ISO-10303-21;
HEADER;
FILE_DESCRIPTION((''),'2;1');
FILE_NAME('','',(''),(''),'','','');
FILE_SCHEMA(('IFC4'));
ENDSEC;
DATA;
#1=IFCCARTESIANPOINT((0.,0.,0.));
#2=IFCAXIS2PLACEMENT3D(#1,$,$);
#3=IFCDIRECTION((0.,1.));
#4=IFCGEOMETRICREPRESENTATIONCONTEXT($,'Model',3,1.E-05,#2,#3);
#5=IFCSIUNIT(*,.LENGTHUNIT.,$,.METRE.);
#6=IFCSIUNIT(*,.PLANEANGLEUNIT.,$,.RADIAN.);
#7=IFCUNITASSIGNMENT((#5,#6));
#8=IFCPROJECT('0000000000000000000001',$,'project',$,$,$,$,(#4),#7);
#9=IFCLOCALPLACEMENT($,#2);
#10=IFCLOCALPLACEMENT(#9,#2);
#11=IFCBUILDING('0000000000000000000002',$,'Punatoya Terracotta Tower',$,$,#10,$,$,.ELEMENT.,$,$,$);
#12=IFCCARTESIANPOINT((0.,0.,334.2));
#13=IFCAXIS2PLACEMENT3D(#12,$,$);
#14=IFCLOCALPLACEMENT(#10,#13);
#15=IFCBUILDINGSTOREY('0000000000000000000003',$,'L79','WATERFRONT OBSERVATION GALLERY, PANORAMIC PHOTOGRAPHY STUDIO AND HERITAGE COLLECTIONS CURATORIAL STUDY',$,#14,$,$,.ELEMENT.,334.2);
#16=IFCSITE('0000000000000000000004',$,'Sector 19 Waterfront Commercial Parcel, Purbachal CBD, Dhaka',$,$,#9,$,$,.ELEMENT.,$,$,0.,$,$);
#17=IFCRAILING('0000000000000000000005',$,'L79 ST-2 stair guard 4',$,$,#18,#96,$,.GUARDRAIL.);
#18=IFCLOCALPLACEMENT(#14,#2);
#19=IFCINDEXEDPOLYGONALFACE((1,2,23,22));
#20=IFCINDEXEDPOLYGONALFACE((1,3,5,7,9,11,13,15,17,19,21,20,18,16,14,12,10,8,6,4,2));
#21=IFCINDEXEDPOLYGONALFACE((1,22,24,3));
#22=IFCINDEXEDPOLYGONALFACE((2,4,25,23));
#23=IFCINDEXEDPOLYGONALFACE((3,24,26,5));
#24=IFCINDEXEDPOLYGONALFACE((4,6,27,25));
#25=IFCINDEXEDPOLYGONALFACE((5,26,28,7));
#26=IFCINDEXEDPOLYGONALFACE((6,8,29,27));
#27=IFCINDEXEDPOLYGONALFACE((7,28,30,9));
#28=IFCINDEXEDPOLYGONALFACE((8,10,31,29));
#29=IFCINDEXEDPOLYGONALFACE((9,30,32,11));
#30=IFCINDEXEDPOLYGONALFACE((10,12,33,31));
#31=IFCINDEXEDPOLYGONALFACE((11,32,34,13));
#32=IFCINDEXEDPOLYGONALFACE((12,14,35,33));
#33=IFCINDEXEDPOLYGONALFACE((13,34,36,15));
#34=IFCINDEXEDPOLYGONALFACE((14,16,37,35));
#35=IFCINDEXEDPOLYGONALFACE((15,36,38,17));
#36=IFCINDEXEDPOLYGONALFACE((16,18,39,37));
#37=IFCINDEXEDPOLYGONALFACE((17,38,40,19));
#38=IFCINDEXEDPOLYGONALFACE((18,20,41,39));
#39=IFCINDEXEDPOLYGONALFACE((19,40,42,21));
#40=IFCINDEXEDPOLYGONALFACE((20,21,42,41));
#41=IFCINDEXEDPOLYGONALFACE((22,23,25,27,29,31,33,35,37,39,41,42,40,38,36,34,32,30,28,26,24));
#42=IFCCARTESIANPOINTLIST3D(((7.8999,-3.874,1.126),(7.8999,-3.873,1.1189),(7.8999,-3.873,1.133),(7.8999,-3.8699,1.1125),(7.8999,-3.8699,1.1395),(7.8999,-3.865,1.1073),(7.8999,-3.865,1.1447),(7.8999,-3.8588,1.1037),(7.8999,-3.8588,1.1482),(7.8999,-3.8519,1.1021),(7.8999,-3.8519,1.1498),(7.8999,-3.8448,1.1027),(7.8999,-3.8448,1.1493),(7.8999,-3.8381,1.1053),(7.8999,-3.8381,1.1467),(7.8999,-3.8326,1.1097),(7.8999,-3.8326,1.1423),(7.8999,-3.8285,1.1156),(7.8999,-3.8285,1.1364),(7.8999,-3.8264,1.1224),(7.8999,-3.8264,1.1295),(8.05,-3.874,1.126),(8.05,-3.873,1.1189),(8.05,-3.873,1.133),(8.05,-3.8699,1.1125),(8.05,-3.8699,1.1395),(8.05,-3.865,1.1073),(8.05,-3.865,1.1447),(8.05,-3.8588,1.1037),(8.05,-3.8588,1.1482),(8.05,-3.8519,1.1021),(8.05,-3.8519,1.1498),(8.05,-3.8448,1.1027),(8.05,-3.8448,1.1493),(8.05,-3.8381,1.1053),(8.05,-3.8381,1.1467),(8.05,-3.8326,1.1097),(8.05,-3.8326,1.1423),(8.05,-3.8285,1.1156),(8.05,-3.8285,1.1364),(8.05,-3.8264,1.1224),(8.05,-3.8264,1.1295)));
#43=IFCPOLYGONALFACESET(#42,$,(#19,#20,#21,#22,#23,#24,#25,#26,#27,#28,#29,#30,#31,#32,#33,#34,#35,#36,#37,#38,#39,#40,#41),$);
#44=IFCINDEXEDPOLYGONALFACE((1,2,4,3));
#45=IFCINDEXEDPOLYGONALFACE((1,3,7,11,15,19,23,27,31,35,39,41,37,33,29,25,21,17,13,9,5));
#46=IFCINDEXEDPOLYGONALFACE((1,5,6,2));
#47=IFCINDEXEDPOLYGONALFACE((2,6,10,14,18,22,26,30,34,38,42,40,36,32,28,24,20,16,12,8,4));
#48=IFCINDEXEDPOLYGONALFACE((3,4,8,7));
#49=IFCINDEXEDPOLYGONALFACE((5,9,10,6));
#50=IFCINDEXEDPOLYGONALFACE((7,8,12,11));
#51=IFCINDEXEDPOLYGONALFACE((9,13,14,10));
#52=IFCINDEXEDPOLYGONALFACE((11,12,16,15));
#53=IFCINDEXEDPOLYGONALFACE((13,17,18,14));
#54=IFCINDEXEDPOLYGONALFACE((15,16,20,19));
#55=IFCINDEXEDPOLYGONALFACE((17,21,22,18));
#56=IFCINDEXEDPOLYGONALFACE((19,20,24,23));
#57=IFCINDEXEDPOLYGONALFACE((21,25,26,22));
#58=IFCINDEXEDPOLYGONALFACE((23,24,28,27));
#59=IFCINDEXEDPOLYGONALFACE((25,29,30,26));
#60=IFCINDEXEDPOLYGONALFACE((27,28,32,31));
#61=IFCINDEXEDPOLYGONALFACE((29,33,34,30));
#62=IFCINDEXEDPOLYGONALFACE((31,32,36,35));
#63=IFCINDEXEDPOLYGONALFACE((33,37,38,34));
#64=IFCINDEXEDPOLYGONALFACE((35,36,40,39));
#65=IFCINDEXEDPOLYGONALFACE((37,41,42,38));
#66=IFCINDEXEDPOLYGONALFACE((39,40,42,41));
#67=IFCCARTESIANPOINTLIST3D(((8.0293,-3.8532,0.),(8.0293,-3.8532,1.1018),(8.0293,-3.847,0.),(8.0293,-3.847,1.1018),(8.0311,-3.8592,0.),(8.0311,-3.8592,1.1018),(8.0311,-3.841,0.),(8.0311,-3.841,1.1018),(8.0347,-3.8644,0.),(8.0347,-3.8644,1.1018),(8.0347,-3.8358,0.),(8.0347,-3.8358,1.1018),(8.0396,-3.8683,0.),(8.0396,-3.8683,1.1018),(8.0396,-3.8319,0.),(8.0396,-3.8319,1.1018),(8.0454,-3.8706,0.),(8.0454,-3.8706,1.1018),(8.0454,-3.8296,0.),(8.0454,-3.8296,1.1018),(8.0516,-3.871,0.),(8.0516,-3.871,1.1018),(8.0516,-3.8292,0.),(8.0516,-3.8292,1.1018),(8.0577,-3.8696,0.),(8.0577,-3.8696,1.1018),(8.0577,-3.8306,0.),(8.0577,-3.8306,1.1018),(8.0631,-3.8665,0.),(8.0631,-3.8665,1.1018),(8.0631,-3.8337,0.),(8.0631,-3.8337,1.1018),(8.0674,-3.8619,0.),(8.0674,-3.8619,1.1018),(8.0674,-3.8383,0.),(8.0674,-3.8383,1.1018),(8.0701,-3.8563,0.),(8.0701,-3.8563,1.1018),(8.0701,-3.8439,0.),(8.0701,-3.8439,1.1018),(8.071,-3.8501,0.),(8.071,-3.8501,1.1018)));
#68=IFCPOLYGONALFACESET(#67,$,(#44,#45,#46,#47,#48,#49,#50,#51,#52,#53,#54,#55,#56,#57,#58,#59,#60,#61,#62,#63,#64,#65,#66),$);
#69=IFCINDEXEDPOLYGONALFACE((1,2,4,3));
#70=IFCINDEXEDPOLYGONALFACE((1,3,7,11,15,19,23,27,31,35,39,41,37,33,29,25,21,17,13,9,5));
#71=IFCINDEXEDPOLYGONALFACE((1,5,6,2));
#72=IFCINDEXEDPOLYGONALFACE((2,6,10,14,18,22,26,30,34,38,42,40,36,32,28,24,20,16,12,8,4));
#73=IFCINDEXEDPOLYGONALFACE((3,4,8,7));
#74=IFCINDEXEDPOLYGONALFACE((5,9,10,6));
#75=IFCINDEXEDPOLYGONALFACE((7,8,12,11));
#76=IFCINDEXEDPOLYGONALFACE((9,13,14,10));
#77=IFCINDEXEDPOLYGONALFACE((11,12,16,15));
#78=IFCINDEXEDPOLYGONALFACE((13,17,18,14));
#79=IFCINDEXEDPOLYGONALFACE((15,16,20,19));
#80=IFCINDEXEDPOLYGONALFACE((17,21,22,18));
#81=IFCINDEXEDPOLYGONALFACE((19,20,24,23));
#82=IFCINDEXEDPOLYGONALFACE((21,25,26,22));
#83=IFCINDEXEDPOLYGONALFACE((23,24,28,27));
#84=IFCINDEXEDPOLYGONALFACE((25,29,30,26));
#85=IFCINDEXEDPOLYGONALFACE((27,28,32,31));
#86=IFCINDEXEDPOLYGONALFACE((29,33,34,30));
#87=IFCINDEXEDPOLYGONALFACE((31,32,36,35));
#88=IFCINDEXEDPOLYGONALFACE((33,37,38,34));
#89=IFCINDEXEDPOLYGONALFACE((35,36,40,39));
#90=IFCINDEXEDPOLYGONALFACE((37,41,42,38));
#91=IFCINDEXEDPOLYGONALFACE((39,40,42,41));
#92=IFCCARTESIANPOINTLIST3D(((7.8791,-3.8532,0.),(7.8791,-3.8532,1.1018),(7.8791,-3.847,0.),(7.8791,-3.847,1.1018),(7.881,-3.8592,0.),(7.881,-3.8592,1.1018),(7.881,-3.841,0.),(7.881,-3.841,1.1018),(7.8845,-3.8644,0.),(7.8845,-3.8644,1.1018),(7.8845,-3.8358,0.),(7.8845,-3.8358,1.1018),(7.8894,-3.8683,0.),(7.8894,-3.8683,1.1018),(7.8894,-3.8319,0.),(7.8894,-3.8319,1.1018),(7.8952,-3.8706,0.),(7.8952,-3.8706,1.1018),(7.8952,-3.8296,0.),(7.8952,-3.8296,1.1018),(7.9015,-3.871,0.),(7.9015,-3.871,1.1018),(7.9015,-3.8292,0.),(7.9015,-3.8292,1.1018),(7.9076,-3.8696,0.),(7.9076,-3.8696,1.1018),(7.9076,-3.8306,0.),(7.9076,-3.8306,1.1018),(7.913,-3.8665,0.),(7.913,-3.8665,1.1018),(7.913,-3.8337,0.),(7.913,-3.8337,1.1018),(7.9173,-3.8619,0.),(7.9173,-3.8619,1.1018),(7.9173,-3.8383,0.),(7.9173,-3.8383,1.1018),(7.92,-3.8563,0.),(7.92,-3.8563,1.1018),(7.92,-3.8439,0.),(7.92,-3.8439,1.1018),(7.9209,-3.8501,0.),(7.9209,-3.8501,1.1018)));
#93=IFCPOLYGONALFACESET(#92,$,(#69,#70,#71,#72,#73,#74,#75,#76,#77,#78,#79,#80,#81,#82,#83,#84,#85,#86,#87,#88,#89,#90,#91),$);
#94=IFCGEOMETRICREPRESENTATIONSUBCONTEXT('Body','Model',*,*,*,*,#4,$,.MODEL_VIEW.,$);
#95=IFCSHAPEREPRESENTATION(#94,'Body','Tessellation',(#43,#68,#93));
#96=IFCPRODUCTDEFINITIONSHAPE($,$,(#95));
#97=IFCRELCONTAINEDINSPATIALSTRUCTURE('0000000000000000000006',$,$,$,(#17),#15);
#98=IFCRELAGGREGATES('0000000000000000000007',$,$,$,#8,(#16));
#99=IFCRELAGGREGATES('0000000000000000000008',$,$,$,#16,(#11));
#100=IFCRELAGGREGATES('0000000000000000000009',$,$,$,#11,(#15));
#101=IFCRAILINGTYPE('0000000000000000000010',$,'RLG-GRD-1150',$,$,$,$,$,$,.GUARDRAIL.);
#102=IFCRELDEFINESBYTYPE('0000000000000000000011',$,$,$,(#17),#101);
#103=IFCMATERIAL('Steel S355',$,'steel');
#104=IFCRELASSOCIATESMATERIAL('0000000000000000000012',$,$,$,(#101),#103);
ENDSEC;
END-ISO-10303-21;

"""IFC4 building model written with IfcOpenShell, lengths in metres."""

from ifc_helpers import new_model, si_unit, direction, frame, origin, origin_2d, place, context, subcontext, project, spatial, circle, extrude, material, type_object, element, save


model = new_model("IFC4")

# Units and contexts
model_context = context("Model", 3, precision=1e-05, world=origin(), true_north=direction((0.0, 1.0)))
body_context = subcontext(model_context, "Body", "Model", "MODEL_VIEW")
ifc_project = project(units=[si_unit("LENGTHUNIT", "METRE"), si_unit("PLANEANGLEUNIT", "RADIAN")], contexts=[model_context])

# Site, building, storey
site_placement = place(None, origin())
site = spatial("IfcSite", under=ifc_project, at=site_placement, Name="Sector 19 Waterfront Commercial Parcel, Purbachal CBD, Dhaka", CompositionType="ELEMENT", RefElevation=0.0)
building_placement = place(site_placement, origin())
building = spatial("IfcBuilding", under=site, at=building_placement, Name="Punatoya Terracotta Tower", CompositionType="ELEMENT")
storey_placement = place(building_placement, frame((0.0, 0.0, 334.2)))
storey = spatial("IfcBuildingStorey", under=building, at=storey_placement, Name="L79", Description="WATERFRONT OBSERVATION GALLERY, PANORAMIC PHOTOGRAPHY STUDIO AND HERITAGE COLLECTIONS CURATORIAL STUDY", CompositionType="ELEMENT", Elevation=334.2)

# Shared definitions
ifc_material_1 = material(Name="Steel S355", Category="steel")

# Railing
railing_type_1 = type_object("IfcRailingType", Name="RLG-GRD-1150", PredefinedType="GUARDRAIL", material=ifc_material_1)
railing_1_placement = place(storey_placement, frame((8.05, -3.8501, 0.0)))
element("IfcRailing", 1, at=railing_1_placement, inside=storey, type_object=railing_type_1, Name="L79 ST-2 stair guard 4", PredefinedType="GUARDRAIL", context=body_context, shape_type="SweptSolid", body=[
    extrude(circle(Radius=0.0239, at=origin_2d()), frame((0.0, 0.0, 1.126), z_axis=(-1.0, 0.0, 0.0), x_axis=(0.0, -1.0, 0.0)), (0.0, 0.0, 1.0), 0.1501),
    extrude(circle(Radius=0.021, at=origin_2d()), origin(), (0.0, 0.0, 1.0), 1.1018),
    extrude(circle(Radius=0.021, at=origin_2d()), frame((-0.1501, 0.0, 0.0)), (0.0, 0.0, 1.0), 1.1018),
])

save(model, "model.ifc")
